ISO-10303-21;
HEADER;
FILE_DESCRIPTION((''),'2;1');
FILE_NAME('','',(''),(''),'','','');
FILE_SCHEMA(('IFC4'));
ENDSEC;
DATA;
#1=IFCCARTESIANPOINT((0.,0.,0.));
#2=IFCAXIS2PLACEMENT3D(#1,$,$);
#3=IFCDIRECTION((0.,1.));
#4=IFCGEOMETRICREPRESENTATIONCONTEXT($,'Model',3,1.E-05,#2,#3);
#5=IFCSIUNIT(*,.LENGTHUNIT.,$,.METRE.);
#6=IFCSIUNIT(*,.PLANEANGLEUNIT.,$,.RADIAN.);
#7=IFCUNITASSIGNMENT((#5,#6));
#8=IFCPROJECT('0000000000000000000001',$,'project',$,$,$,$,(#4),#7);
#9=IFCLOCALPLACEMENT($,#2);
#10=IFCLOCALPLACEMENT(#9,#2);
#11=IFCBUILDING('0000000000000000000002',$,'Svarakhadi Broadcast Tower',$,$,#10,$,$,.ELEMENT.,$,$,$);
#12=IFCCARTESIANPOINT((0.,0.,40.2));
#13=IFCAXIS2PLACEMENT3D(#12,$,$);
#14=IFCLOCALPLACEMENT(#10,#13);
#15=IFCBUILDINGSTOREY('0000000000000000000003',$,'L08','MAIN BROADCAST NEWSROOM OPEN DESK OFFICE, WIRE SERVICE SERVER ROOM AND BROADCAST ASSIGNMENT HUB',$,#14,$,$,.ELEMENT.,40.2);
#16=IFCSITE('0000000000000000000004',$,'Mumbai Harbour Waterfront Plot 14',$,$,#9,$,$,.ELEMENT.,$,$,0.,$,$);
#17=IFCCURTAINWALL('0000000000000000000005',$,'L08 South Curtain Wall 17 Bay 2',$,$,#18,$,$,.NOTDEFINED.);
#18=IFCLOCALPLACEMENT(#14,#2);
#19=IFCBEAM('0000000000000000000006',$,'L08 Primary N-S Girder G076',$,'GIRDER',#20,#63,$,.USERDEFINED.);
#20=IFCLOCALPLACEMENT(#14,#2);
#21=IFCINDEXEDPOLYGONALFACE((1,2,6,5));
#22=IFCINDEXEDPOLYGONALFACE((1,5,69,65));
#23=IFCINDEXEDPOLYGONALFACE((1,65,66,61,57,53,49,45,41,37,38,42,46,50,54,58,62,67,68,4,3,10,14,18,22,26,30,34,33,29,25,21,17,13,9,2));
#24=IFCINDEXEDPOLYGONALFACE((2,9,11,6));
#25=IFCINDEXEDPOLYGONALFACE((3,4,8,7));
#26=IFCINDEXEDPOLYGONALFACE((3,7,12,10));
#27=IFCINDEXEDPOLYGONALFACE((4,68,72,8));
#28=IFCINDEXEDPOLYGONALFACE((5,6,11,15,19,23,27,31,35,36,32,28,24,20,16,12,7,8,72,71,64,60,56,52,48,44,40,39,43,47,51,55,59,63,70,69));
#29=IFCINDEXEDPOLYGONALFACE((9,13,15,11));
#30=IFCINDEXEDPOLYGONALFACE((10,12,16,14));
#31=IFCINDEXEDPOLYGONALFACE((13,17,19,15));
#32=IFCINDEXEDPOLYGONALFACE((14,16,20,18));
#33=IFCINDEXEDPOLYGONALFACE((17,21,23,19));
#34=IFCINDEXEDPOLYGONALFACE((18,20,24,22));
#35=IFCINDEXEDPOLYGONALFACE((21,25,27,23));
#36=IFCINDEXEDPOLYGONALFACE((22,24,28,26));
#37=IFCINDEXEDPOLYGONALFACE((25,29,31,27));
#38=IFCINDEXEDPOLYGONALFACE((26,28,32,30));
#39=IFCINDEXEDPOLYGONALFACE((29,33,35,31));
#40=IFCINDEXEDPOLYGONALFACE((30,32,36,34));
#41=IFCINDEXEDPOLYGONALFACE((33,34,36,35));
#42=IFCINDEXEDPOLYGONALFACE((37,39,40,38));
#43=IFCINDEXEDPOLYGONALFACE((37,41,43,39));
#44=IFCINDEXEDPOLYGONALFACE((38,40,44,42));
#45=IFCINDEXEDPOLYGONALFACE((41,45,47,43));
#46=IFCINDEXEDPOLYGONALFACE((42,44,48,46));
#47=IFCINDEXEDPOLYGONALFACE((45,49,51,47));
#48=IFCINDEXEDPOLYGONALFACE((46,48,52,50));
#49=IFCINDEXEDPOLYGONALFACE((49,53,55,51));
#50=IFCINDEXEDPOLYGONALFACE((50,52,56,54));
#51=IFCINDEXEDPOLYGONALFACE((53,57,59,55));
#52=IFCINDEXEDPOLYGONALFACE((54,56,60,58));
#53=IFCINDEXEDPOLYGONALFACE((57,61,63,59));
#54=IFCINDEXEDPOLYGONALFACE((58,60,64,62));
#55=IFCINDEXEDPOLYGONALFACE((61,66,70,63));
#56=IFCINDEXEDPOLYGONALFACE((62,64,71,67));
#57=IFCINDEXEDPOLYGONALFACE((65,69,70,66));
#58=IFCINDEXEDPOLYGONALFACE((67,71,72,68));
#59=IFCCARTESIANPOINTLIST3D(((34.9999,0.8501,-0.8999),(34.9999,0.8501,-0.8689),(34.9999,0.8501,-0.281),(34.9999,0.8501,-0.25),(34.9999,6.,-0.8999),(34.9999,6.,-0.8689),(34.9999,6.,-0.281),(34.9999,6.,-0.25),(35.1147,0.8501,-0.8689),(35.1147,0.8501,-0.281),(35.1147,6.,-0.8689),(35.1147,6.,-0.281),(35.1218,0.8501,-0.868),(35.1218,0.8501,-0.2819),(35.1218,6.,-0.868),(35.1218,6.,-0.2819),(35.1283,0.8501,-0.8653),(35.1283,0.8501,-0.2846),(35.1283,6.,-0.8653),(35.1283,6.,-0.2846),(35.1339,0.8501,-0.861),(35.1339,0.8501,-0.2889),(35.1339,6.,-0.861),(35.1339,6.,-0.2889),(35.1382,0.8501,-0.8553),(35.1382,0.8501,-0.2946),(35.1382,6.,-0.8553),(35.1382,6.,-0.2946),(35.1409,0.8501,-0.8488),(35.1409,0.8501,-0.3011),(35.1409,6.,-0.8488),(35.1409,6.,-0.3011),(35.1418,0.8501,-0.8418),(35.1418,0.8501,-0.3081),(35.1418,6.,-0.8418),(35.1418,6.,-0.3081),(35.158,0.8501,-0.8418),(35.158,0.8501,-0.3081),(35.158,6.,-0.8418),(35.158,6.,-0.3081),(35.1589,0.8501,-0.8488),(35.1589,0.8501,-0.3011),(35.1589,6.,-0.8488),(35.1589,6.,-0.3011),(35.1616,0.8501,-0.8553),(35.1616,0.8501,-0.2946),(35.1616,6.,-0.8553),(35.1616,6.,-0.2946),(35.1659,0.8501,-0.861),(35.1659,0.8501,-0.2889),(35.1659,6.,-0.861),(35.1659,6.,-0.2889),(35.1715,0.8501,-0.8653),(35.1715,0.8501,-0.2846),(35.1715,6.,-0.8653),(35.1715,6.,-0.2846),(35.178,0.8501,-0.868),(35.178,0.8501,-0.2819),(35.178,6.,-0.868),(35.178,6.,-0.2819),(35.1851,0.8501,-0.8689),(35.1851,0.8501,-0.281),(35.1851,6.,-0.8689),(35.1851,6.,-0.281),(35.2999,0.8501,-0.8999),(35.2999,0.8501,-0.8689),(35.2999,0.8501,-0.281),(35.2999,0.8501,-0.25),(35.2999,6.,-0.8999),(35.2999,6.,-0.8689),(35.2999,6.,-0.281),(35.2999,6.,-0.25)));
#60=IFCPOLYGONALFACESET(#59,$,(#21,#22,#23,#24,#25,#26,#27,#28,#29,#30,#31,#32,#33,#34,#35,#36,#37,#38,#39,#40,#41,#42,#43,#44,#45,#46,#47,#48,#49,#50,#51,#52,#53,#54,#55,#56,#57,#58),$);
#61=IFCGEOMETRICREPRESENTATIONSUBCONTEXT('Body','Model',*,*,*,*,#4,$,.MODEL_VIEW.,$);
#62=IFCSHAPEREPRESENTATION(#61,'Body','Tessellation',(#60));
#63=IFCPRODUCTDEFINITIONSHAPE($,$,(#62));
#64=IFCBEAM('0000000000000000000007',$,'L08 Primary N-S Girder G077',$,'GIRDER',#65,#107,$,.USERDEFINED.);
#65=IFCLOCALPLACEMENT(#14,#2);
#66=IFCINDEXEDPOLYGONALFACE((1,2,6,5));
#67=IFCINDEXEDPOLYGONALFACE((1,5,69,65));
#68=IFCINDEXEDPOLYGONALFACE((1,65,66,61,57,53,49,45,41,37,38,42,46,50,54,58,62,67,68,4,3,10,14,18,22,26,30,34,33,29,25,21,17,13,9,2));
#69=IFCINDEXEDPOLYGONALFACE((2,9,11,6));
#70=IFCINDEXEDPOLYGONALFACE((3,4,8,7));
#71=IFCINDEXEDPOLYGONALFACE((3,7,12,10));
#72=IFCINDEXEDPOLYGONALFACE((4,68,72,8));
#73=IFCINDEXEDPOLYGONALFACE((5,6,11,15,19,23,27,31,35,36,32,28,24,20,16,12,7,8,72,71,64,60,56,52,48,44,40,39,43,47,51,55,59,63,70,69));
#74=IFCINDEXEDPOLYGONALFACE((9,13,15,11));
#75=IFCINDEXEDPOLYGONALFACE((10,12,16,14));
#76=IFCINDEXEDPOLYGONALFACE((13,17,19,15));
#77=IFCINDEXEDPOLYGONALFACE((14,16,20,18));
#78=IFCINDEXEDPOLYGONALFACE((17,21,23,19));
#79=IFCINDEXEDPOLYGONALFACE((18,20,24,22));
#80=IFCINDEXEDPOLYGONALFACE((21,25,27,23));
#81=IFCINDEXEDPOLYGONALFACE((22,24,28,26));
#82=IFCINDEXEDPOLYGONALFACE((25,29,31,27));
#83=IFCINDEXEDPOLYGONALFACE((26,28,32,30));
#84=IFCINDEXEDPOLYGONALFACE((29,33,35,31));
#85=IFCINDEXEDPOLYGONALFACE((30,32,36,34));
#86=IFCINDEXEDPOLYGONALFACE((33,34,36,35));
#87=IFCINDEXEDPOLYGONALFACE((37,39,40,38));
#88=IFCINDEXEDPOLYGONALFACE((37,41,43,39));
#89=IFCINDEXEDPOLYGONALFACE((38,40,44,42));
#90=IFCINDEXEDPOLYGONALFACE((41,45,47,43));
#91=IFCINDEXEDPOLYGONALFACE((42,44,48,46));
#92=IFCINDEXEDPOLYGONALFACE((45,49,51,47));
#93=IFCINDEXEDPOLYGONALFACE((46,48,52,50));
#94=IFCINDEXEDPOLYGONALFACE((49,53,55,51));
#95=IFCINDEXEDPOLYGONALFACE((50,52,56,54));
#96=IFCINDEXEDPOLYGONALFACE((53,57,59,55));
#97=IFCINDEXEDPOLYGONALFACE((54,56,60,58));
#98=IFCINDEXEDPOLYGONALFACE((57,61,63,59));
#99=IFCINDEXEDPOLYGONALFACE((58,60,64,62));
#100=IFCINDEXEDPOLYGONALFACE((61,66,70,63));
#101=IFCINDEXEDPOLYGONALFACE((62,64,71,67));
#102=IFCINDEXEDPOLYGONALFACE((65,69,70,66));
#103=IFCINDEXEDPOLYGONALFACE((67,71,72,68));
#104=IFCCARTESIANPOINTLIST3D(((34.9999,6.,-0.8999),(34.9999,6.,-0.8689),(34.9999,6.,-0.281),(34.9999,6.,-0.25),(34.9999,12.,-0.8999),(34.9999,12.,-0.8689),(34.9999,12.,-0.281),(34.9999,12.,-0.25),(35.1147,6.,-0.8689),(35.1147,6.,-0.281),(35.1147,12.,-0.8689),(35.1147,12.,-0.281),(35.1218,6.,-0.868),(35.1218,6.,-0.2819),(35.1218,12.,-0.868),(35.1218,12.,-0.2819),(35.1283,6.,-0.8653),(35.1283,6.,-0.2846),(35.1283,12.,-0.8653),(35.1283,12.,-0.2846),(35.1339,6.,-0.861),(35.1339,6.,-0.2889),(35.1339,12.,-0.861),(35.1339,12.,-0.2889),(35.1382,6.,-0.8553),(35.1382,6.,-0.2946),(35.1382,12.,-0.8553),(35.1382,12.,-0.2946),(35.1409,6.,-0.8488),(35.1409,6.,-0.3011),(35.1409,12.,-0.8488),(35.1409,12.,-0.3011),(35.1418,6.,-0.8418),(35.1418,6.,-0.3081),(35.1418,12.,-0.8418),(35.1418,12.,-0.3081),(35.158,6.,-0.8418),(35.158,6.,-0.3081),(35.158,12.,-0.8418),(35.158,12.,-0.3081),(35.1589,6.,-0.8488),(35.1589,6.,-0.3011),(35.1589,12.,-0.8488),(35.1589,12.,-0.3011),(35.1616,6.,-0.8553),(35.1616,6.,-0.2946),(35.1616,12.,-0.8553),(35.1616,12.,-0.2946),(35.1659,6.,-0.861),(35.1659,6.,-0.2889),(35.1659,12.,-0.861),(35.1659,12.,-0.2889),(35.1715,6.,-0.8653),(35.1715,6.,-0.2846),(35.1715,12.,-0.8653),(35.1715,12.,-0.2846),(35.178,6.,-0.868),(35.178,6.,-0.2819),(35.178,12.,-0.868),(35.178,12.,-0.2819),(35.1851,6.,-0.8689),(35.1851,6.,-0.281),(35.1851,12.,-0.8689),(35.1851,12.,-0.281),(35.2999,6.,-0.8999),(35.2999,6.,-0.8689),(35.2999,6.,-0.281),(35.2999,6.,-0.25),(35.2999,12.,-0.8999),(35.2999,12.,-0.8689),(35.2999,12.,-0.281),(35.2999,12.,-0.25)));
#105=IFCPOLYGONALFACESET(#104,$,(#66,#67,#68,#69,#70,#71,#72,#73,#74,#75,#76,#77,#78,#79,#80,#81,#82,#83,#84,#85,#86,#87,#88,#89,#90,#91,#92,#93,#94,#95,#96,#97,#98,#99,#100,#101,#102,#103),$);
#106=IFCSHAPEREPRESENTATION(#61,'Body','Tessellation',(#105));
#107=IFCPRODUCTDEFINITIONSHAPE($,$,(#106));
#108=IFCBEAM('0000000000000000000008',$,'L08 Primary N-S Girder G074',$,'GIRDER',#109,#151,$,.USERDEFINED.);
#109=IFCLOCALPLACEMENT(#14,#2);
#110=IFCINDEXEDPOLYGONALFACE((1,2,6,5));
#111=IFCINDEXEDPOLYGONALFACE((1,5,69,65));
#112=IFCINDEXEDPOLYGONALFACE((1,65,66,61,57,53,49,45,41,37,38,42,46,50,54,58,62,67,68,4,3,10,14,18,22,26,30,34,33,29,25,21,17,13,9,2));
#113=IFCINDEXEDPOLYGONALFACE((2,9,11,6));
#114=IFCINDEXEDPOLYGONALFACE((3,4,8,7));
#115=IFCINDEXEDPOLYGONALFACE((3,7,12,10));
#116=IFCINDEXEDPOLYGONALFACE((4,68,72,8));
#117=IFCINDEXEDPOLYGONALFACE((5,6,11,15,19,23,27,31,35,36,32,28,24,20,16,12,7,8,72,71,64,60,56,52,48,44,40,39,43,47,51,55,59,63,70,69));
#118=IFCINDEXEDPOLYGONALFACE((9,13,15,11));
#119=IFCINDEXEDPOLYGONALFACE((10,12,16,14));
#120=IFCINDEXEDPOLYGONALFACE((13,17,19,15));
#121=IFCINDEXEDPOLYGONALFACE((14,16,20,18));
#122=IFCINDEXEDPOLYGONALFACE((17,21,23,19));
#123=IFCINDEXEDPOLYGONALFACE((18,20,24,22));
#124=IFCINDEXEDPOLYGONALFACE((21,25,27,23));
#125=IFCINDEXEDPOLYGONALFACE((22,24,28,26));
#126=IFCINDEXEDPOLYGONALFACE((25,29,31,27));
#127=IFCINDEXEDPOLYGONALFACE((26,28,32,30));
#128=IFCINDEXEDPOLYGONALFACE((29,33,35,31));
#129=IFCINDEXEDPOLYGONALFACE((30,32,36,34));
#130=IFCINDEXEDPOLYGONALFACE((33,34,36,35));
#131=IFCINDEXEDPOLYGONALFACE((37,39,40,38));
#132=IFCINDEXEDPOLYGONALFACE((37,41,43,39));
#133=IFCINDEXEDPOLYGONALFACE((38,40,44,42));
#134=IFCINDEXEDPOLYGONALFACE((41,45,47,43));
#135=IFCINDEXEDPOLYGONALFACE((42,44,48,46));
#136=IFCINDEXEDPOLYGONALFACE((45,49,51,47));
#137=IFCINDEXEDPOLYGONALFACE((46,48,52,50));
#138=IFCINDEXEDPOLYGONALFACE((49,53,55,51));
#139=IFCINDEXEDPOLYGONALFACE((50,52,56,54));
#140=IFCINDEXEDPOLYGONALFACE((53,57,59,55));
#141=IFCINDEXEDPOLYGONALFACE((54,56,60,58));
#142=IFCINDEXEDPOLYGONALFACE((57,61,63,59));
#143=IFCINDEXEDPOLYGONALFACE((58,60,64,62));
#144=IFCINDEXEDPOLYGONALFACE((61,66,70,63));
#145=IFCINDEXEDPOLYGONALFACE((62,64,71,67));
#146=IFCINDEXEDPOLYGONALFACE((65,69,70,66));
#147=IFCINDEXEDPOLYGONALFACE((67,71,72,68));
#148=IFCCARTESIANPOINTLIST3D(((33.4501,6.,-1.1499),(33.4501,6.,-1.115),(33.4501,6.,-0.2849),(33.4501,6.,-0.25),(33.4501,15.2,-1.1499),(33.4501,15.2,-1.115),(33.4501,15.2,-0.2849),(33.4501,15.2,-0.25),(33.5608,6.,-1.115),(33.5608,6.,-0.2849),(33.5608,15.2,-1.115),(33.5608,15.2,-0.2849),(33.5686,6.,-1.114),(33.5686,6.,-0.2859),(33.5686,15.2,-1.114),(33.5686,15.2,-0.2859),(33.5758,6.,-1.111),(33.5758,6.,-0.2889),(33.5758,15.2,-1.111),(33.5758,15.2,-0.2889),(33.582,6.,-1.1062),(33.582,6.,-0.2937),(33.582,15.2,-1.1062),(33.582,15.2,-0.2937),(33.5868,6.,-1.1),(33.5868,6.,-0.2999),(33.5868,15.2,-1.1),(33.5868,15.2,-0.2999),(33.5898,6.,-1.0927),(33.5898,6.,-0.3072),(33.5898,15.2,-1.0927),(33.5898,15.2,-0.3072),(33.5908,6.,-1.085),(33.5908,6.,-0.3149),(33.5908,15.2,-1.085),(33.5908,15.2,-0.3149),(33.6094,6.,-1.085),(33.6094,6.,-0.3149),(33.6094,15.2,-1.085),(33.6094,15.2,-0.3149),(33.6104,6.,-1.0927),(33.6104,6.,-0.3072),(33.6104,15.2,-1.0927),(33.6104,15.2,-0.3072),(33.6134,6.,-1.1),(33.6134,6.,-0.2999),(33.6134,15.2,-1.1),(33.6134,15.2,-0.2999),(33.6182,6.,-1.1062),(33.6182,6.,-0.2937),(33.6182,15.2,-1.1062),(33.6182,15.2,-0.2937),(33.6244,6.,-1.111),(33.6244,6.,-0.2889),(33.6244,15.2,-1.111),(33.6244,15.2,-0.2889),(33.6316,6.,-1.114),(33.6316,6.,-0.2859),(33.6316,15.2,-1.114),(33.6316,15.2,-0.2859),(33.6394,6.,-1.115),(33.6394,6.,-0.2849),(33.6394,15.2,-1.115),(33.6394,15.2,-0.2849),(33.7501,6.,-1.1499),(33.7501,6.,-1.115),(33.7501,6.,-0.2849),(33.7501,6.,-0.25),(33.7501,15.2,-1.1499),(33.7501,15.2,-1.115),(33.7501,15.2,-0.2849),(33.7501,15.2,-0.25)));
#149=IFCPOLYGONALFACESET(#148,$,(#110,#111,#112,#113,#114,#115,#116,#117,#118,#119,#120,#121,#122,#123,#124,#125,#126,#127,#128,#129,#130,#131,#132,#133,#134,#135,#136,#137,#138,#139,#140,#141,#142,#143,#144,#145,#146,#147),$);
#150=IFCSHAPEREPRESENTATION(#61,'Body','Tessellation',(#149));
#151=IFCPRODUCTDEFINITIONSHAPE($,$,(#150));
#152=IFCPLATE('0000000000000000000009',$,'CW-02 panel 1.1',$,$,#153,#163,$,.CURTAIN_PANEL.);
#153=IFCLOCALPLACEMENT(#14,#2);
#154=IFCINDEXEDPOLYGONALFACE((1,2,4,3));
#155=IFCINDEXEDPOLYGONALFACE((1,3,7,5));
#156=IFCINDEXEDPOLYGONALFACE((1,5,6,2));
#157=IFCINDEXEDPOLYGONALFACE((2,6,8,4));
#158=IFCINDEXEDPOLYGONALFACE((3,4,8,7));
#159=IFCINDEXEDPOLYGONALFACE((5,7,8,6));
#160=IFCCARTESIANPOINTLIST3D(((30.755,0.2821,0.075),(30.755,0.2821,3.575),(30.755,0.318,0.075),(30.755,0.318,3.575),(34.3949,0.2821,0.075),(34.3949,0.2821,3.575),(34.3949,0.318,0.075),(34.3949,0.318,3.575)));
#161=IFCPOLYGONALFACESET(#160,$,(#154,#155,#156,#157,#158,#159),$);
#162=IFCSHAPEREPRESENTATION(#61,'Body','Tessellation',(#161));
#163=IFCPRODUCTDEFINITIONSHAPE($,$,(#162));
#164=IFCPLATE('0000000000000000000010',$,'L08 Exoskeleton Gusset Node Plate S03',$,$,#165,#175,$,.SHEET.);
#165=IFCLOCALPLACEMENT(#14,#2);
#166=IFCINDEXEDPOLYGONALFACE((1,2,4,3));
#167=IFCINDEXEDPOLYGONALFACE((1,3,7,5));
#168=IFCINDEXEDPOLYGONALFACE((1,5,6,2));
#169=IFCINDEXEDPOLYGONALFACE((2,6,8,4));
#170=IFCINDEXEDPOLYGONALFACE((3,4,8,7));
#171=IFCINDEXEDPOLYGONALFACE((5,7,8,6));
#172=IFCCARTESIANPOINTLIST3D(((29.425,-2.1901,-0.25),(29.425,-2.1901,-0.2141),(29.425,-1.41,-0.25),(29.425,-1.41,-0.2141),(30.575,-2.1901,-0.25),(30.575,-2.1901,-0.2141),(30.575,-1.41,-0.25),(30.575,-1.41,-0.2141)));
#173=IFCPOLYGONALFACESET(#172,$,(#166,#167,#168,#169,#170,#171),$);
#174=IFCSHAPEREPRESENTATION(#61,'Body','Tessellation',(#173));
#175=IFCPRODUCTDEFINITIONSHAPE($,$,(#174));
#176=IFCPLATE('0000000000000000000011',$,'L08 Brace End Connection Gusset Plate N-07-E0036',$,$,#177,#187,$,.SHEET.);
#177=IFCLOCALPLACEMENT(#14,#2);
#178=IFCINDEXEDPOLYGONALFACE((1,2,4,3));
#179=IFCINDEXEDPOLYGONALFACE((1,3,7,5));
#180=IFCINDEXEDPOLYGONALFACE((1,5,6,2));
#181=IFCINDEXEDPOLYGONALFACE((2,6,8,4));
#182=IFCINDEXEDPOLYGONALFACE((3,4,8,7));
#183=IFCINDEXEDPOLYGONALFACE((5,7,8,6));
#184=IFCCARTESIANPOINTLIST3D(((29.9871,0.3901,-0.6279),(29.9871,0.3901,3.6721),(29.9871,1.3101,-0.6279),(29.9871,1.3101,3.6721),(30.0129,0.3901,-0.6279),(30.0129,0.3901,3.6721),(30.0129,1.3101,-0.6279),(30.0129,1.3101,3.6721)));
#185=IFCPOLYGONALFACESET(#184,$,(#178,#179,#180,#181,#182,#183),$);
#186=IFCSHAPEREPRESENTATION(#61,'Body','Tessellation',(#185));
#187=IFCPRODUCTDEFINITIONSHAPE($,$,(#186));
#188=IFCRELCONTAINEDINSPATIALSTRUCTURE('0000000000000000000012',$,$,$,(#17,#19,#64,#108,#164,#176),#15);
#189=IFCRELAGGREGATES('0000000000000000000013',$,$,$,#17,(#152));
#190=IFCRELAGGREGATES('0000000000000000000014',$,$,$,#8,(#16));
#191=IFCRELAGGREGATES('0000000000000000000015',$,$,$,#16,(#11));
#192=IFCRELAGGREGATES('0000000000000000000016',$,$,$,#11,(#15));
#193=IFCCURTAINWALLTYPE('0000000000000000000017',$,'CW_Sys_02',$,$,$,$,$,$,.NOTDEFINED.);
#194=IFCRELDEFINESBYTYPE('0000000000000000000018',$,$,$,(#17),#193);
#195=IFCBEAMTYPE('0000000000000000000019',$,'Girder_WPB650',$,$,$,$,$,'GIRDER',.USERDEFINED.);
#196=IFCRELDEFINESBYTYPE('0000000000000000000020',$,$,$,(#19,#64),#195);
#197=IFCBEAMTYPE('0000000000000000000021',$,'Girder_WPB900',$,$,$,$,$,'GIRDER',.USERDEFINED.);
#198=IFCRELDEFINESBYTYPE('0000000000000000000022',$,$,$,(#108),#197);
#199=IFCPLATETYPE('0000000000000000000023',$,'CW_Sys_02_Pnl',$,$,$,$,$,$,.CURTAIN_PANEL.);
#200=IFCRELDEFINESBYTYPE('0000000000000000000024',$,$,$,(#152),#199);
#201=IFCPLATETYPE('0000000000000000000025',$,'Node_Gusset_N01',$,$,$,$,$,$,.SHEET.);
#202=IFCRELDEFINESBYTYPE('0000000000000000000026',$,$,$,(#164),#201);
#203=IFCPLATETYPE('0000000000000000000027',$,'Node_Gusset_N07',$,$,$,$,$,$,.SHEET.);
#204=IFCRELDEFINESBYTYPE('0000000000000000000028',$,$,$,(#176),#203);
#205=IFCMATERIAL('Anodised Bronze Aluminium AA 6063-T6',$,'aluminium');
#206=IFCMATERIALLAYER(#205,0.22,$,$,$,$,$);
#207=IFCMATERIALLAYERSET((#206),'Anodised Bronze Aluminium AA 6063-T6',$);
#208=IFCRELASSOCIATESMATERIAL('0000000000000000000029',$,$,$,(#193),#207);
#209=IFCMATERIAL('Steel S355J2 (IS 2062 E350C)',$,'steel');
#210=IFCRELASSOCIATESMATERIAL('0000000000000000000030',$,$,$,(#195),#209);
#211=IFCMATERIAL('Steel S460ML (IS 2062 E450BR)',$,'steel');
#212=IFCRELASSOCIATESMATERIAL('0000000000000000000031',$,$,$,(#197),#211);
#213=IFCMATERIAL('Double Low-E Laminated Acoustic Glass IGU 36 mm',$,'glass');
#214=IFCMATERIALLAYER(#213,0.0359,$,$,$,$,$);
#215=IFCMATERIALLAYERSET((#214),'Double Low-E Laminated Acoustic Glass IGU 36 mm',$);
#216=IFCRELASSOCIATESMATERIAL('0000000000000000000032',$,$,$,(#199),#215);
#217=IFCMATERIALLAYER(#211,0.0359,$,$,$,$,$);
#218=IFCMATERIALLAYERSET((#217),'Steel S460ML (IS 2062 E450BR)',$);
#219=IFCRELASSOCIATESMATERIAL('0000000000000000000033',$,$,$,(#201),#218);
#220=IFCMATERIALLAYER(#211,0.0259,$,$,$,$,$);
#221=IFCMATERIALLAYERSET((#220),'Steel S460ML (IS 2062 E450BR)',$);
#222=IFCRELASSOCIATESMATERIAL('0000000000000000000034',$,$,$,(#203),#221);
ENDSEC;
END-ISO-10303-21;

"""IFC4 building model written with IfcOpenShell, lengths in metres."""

from ifc_helpers import new_model, si_unit, direction, frame, origin, origin_2d, place, context, subcontext, project, spatial, rectangle, i_section, extrude, material, layer, layer_set, material_profile, profile_set, type_object, element, aggregate, save


model = new_model("IFC4")

# Units and contexts
model_context = context("Model", 3, precision=1e-05, world=origin(), true_north=direction((0.0, 1.0)))
body_context = subcontext(model_context, "Body", "Model", "MODEL_VIEW")
ifc_project = project(units=[si_unit("LENGTHUNIT", "METRE"), si_unit("PLANEANGLEUNIT", "RADIAN")], contexts=[model_context])

# Site, building, storey
site_placement = place(None, origin())
site = spatial("IfcSite", under=ifc_project, at=site_placement, Name="Mumbai Harbour Waterfront Plot 14", CompositionType="ELEMENT", RefElevation=0.0)
building_placement = place(site_placement, origin())
building = spatial("IfcBuilding", under=site, at=building_placement, Name="Svarakhadi Broadcast Tower", CompositionType="ELEMENT")
storey_placement = place(building_placement, frame((0.0, 0.0, 40.2)))
storey = spatial("IfcBuildingStorey", under=building, at=storey_placement, Name="L08", Description="MAIN BROADCAST NEWSROOM OPEN DESK OFFICE, WIRE SERVICE SERVER ROOM AND BROADCAST ASSIGNMENT HUB", CompositionType="ELEMENT", Elevation=40.2)

# Shared definitions
ifc_material_1 = material(Name="Steel S460ML (IS 2062 E450BR)", Category="steel")

# Curtain wall
ifc_material_2 = material(Name="Anodised Bronze Aluminium AA 6063-T6", Category="aluminium")
ifc_layer_1 = layer(ifc_material_2, 0.22)
ifc_layer_set_1 = layer_set([ifc_layer_1], Name="Anodised Bronze Aluminium AA 6063-T6")
curtain_wall_type = type_object("IfcCurtainWallType", Name="CW_Sys_02", PredefinedType="NOTDEFINED", material=ifc_layer_set_1)
curtain_wall_1_placement = place(storey_placement, origin())
curtain_wall_1 = element("IfcCurtainWall", 1, at=curtain_wall_1_placement, inside=storey, type_object=curtain_wall_type, Name="L08 South Curtain Wall 17 Bay 2", PredefinedType="NOTDEFINED")

# Beams
ifc_material_3 = material(Name="Steel S355J2 (IS 2062 E350C)", Category="steel")
ifc_material_profile_1 = material_profile(ifc_material_3, i_section(OverallWidth=0.3, OverallDepth=0.6499, WebThickness=0.0161, FlangeThickness=0.031, FilletRadius=0.0271, at=origin_2d()), Name="WPB 650x300x225")
ifc_profile_set_1 = profile_set([ifc_material_profile_1], Name="Steel S355J2 (IS 2062 E350C)")
beam_type_1 = type_object("IfcBeamType", Name="Girder_WPB650", ElementType="GIRDER", PredefinedType="USERDEFINED", material=ifc_profile_set_1)
beam_1_placement = place(storey_placement, frame((35.1499, 0.8501, -0.575), z_axis=(0.0, 1.0, 0.0), x_axis=(-1.0, 0.0, 0.0)))
element("IfcBeam", 2, at=beam_1_placement, inside=storey, type_object=beam_type_1, Name="L08 Primary N-S Girder G076", ObjectType="GIRDER", PredefinedType="USERDEFINED", context=body_context, shape_type="SweptSolid", body=[
    extrude(i_section(OverallWidth=0.3, OverallDepth=0.6499, WebThickness=0.0161, FlangeThickness=0.031, FilletRadius=0.0271, at=origin_2d()), origin(), (0.0, 0.0, 1.0), 5.1499),
])
beam_2_placement = place(storey_placement, frame((35.1499, 6.0, -0.575), z_axis=(0.0, 1.0, 0.0), x_axis=(-1.0, 0.0, 0.0)))
element("IfcBeam", 3, at=beam_2_placement, inside=storey, type_object=beam_type_1, Name="L08 Primary N-S Girder G077", ObjectType="GIRDER", PredefinedType="USERDEFINED", context=body_context, shape_type="SweptSolid", body=[
    extrude(i_section(OverallWidth=0.3, OverallDepth=0.6499, WebThickness=0.0161, FlangeThickness=0.031, FilletRadius=0.0271, at=origin_2d()), origin(), (0.0, 0.0, 1.0), 6.0),
])
ifc_material_profile_2 = material_profile(ifc_material_1, i_section(OverallWidth=0.3, OverallDepth=0.8999, WebThickness=0.0186, FlangeThickness=0.0349, FilletRadius=0.03, at=origin_2d()), Name="WPB 900x300x291")
ifc_profile_set_2 = profile_set([ifc_material_profile_2], Name="Steel S460ML (IS 2062 E450BR)")
beam_type_2 = type_object("IfcBeamType", Name="Girder_WPB900", ElementType="GIRDER", PredefinedType="USERDEFINED", material=ifc_profile_set_2)
beam_3_placement = place(storey_placement, frame((33.6001, 6.0, -0.7), z_axis=(0.0, 1.0, 0.0), x_axis=(-1.0, 0.0, 0.0)))
element("IfcBeam", 4, at=beam_3_placement, inside=storey, type_object=beam_type_2, Name="L08 Primary N-S Girder G074", ObjectType="GIRDER", PredefinedType="USERDEFINED", context=body_context, shape_type="SweptSolid", body=[
    extrude(i_section(OverallWidth=0.3, OverallDepth=0.8999, WebThickness=0.0186, FlangeThickness=0.0349, FilletRadius=0.03, at=origin_2d()), origin(), (0.0, 0.0, 1.0), 9.2),
])

# Plate
ifc_material_4 = material(Name="Double Low-E Laminated Acoustic Glass IGU 36 mm", Category="glass")
ifc_layer_2 = layer(ifc_material_4, 0.0359)
ifc_layer_set_2 = layer_set([ifc_layer_2], Name="Double Low-E Laminated Acoustic Glass IGU 36 mm")
plate_type_1 = type_object("IfcPlateType", Name="CW_Sys_02_Pnl", PredefinedType="CURTAIN_PANEL", material=ifc_layer_set_2)
plate_1_placement = place(storey_placement, frame((32.575, 0.3, 0.075), z_axis=(0.0, 0.0, 1.0), x_axis=(-1.0, 0.0, 0.0)))
plate_1 = element("IfcPlate", 5, at=plate_1_placement, type_object=plate_type_1, Name="CW-02 panel 1.1", PredefinedType="CURTAIN_PANEL", context=body_context, shape_type="SweptSolid", body=[
    extrude(rectangle(XDim=3.6399, YDim=0.0359, at=origin_2d()), origin(), (0.0, 0.0, 1.0), 3.5),
])
aggregate(curtain_wall_1, [plate_1])

# Plates
ifc_layer_3 = layer(ifc_material_1, 0.0359)
ifc_layer_set_3 = layer_set([ifc_layer_3], Name="Steel S460ML (IS 2062 E450BR)")
plate_type_2 = type_object("IfcPlateType", Name="Node_Gusset_N01", PredefinedType="SHEET", material=ifc_layer_set_3)
plate_2_placement = place(storey_placement, frame((30.0, -1.8, -0.25), z_axis=(0.0, 0.0, 1.0), x_axis=(1.0, 0.0, 0.0)))
element("IfcPlate", 6, at=plate_2_placement, inside=storey, type_object=plate_type_2, Name="L08 Exoskeleton Gusset Node Plate S03", PredefinedType="SHEET", context=body_context, shape_type="SweptSolid", body=[
    extrude(rectangle(XDim=1.1499, YDim=0.78, at=origin_2d()), origin(), (0.0, 0.0, 1.0), 0.0359),
])
ifc_layer_4 = layer(ifc_material_1, 0.0259)
ifc_layer_set_4 = layer_set([ifc_layer_4], Name="Steel S460ML (IS 2062 E450BR)")
plate_type_3 = type_object("IfcPlateType", Name="Node_Gusset_N07", PredefinedType="SHEET", material=ifc_layer_set_4)
plate_3_placement = place(storey_placement, frame((30.0, 0.8501, -0.6279), z_axis=(0.0, 0.0, 1.0), x_axis=(0.0, 1.0, 0.0)))
element("IfcPlate", 7, at=plate_3_placement, inside=storey, type_object=plate_type_3, Name="L08 Brace End Connection Gusset Plate N-07-E0036", PredefinedType="SHEET", context=body_context, shape_type="SweptSolid", body=[
    extrude(rectangle(XDim=0.9199, YDim=0.0259, at=origin_2d()), origin(), (0.0, 0.0, 1.0), 4.3),
])

save(model, "model.ifc")
